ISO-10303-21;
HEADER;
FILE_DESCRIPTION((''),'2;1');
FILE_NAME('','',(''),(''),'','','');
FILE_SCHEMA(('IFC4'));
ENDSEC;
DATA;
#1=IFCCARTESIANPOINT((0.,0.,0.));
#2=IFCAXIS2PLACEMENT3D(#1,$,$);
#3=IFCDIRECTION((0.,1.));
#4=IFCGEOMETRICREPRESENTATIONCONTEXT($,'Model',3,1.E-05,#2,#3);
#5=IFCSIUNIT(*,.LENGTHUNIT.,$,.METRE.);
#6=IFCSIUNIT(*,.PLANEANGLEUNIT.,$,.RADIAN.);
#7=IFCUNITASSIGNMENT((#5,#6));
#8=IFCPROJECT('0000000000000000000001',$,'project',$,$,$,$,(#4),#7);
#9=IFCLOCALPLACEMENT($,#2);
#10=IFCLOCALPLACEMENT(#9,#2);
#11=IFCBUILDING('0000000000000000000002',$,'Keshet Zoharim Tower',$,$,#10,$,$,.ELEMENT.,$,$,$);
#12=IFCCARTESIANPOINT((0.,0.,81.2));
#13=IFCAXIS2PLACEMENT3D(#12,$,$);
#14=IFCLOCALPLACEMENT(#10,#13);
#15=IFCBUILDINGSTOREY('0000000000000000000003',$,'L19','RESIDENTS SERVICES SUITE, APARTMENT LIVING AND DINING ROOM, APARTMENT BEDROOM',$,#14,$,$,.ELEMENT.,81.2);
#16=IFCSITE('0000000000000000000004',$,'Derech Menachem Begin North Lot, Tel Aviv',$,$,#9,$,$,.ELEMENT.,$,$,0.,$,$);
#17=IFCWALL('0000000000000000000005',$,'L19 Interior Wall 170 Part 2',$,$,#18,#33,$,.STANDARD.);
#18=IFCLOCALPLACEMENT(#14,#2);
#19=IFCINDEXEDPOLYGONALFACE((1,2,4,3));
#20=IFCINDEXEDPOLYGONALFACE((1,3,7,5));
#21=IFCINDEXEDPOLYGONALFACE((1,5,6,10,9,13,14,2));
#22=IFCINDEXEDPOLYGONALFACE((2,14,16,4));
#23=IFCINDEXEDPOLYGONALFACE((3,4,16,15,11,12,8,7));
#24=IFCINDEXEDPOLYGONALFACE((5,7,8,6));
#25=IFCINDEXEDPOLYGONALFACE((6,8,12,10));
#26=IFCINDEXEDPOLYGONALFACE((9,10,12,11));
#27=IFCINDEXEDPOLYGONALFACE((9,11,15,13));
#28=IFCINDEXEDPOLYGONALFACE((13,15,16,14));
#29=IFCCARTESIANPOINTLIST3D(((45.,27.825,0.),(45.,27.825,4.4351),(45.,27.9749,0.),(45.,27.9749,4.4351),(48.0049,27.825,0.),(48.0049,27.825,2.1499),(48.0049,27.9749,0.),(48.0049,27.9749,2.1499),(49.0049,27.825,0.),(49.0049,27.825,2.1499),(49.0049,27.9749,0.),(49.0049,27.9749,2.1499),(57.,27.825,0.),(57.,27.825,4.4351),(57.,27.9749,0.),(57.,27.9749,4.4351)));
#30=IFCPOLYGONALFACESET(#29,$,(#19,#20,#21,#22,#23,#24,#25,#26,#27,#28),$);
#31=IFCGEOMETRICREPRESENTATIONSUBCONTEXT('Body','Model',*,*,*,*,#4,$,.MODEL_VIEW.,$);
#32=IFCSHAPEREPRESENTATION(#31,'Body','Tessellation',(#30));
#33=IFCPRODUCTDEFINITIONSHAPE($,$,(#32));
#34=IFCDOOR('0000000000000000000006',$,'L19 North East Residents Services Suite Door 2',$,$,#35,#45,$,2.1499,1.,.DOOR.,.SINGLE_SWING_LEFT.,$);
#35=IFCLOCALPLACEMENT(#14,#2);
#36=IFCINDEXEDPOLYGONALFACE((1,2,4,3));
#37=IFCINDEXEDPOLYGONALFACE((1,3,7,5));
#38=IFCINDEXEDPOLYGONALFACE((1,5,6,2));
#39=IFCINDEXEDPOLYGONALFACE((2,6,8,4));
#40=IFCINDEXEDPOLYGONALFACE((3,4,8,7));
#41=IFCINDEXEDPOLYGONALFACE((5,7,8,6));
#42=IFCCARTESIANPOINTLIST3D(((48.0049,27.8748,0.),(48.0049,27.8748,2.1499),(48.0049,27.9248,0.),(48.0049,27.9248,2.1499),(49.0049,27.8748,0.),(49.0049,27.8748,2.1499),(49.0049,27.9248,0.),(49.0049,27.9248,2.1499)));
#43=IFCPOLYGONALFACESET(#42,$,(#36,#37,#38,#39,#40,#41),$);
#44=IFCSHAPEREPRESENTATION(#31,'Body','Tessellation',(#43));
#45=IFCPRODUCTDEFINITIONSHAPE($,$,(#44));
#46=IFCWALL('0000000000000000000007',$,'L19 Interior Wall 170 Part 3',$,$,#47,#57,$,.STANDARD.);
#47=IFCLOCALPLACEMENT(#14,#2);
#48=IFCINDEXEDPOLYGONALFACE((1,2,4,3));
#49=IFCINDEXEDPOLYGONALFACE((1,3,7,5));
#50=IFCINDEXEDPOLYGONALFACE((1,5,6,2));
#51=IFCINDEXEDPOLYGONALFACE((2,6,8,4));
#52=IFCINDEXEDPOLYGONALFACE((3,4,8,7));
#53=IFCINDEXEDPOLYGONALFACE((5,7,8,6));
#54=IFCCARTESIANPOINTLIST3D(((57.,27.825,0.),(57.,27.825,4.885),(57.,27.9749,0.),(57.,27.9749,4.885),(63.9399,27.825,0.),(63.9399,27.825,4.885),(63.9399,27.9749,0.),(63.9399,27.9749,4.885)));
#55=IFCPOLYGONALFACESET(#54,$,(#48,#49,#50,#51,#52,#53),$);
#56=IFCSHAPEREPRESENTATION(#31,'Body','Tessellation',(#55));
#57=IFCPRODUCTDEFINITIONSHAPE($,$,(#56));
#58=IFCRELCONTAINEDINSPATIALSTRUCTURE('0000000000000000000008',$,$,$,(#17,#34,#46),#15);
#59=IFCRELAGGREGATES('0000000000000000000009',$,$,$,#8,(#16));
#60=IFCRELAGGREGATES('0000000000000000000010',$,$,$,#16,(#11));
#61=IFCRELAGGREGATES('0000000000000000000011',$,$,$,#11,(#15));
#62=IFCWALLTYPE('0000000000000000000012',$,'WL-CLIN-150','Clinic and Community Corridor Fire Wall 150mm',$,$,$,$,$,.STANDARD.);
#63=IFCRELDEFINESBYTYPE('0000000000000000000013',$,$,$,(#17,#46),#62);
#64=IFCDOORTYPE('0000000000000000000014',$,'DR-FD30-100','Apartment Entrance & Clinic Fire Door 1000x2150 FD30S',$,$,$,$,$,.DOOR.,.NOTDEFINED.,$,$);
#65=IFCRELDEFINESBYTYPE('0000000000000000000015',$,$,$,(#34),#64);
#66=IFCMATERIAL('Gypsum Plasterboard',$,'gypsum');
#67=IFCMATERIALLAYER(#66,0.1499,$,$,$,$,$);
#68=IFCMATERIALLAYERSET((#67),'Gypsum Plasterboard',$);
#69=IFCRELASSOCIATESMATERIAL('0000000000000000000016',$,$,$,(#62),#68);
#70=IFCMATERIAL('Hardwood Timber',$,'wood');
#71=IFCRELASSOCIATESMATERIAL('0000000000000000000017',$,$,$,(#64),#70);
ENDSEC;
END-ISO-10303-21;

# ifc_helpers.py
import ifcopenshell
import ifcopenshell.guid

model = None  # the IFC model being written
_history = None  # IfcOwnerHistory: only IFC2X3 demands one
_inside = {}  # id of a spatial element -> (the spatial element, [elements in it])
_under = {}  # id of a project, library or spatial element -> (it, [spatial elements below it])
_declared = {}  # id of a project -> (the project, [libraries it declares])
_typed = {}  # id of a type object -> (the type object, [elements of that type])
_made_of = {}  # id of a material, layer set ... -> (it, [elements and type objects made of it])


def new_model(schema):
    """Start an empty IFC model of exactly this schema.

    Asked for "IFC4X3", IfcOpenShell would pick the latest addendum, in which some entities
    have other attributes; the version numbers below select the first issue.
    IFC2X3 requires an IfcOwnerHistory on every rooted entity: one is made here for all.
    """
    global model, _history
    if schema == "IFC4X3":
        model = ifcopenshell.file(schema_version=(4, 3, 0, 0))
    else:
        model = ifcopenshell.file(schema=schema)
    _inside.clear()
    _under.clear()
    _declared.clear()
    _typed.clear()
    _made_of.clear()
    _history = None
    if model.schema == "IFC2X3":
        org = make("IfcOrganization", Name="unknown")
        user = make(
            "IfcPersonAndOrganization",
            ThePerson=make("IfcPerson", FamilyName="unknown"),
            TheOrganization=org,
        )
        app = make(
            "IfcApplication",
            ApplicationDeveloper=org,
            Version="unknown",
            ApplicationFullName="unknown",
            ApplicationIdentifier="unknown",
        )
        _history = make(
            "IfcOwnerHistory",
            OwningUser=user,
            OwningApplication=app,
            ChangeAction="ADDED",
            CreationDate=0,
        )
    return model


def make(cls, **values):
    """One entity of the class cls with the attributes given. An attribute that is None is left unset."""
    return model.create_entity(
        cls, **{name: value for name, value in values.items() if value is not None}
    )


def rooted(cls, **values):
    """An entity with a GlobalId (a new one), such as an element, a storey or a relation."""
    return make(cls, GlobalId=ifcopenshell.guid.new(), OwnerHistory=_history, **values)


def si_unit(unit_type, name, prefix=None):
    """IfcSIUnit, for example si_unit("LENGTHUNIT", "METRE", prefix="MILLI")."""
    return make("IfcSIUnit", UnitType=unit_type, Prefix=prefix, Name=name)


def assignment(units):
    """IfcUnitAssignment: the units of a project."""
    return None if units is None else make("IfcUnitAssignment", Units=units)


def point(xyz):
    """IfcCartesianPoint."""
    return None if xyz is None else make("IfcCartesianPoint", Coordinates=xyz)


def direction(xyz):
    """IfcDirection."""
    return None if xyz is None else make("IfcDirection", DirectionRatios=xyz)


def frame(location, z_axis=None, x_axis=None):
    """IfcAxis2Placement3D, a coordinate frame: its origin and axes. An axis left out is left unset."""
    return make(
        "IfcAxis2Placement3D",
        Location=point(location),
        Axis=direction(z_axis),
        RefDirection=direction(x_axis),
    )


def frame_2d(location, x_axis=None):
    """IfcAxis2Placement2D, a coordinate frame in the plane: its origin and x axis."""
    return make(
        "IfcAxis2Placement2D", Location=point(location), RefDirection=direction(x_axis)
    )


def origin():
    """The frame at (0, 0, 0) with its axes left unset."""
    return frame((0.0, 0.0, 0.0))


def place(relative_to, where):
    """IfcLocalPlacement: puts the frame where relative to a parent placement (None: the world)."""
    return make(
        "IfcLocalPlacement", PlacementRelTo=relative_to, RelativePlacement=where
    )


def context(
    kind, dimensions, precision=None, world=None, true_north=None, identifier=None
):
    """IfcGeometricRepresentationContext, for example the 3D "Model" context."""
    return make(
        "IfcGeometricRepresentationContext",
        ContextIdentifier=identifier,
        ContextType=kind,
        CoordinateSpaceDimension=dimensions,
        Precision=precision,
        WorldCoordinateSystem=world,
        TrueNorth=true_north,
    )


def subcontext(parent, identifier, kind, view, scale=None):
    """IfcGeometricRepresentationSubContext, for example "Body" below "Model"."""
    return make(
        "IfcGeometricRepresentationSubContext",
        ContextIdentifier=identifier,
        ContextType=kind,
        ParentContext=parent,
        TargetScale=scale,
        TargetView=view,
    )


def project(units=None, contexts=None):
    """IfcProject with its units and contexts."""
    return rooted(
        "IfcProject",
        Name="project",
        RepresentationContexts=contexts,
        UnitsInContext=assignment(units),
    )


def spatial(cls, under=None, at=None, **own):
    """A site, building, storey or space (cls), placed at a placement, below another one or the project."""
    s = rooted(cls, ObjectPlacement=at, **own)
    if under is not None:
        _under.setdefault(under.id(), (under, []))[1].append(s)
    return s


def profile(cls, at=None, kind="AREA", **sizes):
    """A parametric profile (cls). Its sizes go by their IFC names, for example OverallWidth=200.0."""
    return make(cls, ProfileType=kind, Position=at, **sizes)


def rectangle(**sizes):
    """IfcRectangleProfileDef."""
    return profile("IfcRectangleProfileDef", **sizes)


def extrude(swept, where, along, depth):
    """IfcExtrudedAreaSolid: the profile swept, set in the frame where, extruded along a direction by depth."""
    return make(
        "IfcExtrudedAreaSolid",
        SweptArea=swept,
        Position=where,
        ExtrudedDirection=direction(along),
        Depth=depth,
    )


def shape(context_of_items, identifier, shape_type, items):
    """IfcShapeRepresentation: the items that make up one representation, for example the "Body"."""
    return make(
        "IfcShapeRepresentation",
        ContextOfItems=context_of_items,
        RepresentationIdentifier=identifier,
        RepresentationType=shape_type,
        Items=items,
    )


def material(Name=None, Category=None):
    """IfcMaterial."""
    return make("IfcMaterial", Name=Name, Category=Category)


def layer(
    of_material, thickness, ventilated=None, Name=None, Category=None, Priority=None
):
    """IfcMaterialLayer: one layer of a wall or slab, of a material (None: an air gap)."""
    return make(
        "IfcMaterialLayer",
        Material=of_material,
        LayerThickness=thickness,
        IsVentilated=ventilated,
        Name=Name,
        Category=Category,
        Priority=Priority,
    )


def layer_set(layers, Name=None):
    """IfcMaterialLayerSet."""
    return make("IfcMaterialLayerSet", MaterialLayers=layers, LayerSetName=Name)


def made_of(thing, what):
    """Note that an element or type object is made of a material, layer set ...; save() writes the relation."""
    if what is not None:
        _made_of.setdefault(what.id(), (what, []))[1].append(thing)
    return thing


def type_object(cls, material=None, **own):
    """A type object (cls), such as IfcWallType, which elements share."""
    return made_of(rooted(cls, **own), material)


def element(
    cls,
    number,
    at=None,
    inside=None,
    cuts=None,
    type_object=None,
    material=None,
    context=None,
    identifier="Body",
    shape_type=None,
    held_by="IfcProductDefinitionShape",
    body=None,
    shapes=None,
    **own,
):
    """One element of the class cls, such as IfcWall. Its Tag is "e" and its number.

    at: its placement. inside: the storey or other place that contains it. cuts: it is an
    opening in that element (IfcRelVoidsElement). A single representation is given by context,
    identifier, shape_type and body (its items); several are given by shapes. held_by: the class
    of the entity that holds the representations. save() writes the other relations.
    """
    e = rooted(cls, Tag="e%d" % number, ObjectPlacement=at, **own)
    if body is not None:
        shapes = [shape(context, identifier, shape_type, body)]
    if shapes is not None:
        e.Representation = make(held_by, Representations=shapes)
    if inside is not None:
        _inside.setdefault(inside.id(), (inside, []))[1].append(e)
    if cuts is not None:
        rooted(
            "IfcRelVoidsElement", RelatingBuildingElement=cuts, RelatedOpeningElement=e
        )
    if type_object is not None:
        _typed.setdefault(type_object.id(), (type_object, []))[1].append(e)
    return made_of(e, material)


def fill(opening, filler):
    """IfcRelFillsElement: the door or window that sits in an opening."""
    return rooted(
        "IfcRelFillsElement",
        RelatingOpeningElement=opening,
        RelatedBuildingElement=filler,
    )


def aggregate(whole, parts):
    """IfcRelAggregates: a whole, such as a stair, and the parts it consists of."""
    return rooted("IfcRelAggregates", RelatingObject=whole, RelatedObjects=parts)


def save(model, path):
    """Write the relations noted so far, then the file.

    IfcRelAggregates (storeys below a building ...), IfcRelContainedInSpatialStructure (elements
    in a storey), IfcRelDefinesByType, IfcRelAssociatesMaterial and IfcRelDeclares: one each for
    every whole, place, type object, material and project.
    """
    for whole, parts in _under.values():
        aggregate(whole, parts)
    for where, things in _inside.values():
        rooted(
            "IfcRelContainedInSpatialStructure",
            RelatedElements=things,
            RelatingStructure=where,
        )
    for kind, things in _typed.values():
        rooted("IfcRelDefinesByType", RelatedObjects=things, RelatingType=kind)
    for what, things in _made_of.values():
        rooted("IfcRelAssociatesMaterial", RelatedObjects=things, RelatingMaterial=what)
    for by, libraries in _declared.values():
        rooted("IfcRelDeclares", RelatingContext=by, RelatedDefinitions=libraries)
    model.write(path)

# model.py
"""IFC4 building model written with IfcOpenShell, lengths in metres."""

from ifc_helpers import new_model, si_unit, direction, frame, frame_2d, origin, place, context, subcontext, project, spatial, rectangle, extrude, material, layer, layer_set, type_object, element, fill, save


model = new_model("IFC4")

# Units and contexts
model_context = context("Model", 3, precision=1e-05, world=origin(), true_north=direction((0.0, 1.0)))
body_context = subcontext(model_context, "Body", "Model", "MODEL_VIEW")
ifc_project = project(units=[si_unit("LENGTHUNIT", "METRE"), si_unit("PLANEANGLEUNIT", "RADIAN")], contexts=[model_context])

# Site, building, storey
site_placement = place(None, origin())
site = spatial("IfcSite", under=ifc_project, at=site_placement, Name="Derech Menachem Begin North Lot, Tel Aviv", CompositionType="ELEMENT", RefElevation=0.0)
building_placement = place(site_placement, origin())
building = spatial("IfcBuilding", under=site, at=building_placement, Name="Keshet Zoharim Tower", CompositionType="ELEMENT")
storey_placement = place(building_placement, frame((0.0, 0.0, 81.2)))
storey = spatial("IfcBuildingStorey", under=building, at=storey_placement, Name="L19", Description="RESIDENTS SERVICES SUITE, APARTMENT LIVING AND DINING ROOM, APARTMENT BEDROOM", CompositionType="ELEMENT", Elevation=81.2)

# Wall, opening, door
ifc_material_1 = material(Name="Gypsum Plasterboard", Category="gypsum")
ifc_layer_1 = layer(ifc_material_1, 0.1499)
ifc_layer_set_1 = layer_set([ifc_layer_1], Name="Gypsum Plasterboard")
wall_type = type_object("IfcWallType", Name="WL-CLIN-150", Description="Clinic and Community Corridor Fire Wall 150mm", PredefinedType="STANDARD", material=ifc_layer_set_1)
wall_1_placement = place(storey_placement, frame((45.0, 27.8999, 0.0), z_axis=(0.0, 0.0, 1.0), x_axis=(1.0, 0.0, 0.0)))
wall_1 = element("IfcWall", 1, at=wall_1_placement, inside=storey, type_object=wall_type, Name="L19 Interior Wall 170 Part 2", PredefinedType="STANDARD", context=body_context, shape_type="SweptSolid", body=[
    extrude(rectangle(XDim=12.0, YDim=0.1499, at=frame_2d((6.0, 0.0))), origin(), (0.0, 0.0, 1.0), 4.4351),
])
opening_placement = place(wall_1_placement, frame((3.0049, 0.0, 0.0)))
opening = element("IfcOpeningElement", 2, at=opening_placement, cuts=wall_1, PredefinedType="OPENING", context=body_context, shape_type="SweptSolid", body=[
    extrude(rectangle(XDim=1.0, YDim=2.1499, at=frame_2d((0.5, 1.075))), frame((0.0, 0.085, 0.0), z_axis=(0.0, -1.0, 0.0), x_axis=(1.0, 0.0, 0.0)), (0.0, 0.0, 1.0), 0.1699),
])
ifc_material_2 = material(Name="Hardwood Timber", Category="wood")
door_type = type_object("IfcDoorType", Name="DR-FD30-100", Description="Apartment Entrance & Clinic Fire Door 1000x2150 FD30S", OperationType="NOTDEFINED", PredefinedType="DOOR", material=ifc_material_2)
door_placement = place(opening_placement, origin())
door = element("IfcDoor", 3, at=door_placement, inside=storey, type_object=door_type, Name="L19 North East Residents Services Suite Door 2", OperationType="SINGLE_SWING_LEFT", OverallHeight=2.1499, OverallWidth=1.0, PredefinedType="DOOR", context=body_context, shape_type="SweptSolid", body=[
    extrude(rectangle(XDim=1.0, YDim=2.1499, at=frame_2d((0.5, 1.075))), frame((0.0, 0.0249, 0.0), z_axis=(0.0, -1.0, 0.0), x_axis=(1.0, 0.0, 0.0)), (0.0, 0.0, 1.0), 0.05),
])
fill(opening, door)

# Wall
wall_2_placement = place(storey_placement, frame((57.0, 27.8999, 0.0), z_axis=(0.0, 0.0, 1.0), x_axis=(1.0, 0.0, 0.0)))
element("IfcWall", 4, at=wall_2_placement, inside=storey, type_object=wall_type, Name="L19 Interior Wall 170 Part 3", PredefinedType="STANDARD", context=body_context, shape_type="SweptSolid", body=[
    extrude(rectangle(XDim=6.9399, YDim=0.1499, at=frame_2d((3.47, 0.0))), origin(), (0.0, 0.0, 1.0), 4.885),
])

save(model, "model.ifc")
